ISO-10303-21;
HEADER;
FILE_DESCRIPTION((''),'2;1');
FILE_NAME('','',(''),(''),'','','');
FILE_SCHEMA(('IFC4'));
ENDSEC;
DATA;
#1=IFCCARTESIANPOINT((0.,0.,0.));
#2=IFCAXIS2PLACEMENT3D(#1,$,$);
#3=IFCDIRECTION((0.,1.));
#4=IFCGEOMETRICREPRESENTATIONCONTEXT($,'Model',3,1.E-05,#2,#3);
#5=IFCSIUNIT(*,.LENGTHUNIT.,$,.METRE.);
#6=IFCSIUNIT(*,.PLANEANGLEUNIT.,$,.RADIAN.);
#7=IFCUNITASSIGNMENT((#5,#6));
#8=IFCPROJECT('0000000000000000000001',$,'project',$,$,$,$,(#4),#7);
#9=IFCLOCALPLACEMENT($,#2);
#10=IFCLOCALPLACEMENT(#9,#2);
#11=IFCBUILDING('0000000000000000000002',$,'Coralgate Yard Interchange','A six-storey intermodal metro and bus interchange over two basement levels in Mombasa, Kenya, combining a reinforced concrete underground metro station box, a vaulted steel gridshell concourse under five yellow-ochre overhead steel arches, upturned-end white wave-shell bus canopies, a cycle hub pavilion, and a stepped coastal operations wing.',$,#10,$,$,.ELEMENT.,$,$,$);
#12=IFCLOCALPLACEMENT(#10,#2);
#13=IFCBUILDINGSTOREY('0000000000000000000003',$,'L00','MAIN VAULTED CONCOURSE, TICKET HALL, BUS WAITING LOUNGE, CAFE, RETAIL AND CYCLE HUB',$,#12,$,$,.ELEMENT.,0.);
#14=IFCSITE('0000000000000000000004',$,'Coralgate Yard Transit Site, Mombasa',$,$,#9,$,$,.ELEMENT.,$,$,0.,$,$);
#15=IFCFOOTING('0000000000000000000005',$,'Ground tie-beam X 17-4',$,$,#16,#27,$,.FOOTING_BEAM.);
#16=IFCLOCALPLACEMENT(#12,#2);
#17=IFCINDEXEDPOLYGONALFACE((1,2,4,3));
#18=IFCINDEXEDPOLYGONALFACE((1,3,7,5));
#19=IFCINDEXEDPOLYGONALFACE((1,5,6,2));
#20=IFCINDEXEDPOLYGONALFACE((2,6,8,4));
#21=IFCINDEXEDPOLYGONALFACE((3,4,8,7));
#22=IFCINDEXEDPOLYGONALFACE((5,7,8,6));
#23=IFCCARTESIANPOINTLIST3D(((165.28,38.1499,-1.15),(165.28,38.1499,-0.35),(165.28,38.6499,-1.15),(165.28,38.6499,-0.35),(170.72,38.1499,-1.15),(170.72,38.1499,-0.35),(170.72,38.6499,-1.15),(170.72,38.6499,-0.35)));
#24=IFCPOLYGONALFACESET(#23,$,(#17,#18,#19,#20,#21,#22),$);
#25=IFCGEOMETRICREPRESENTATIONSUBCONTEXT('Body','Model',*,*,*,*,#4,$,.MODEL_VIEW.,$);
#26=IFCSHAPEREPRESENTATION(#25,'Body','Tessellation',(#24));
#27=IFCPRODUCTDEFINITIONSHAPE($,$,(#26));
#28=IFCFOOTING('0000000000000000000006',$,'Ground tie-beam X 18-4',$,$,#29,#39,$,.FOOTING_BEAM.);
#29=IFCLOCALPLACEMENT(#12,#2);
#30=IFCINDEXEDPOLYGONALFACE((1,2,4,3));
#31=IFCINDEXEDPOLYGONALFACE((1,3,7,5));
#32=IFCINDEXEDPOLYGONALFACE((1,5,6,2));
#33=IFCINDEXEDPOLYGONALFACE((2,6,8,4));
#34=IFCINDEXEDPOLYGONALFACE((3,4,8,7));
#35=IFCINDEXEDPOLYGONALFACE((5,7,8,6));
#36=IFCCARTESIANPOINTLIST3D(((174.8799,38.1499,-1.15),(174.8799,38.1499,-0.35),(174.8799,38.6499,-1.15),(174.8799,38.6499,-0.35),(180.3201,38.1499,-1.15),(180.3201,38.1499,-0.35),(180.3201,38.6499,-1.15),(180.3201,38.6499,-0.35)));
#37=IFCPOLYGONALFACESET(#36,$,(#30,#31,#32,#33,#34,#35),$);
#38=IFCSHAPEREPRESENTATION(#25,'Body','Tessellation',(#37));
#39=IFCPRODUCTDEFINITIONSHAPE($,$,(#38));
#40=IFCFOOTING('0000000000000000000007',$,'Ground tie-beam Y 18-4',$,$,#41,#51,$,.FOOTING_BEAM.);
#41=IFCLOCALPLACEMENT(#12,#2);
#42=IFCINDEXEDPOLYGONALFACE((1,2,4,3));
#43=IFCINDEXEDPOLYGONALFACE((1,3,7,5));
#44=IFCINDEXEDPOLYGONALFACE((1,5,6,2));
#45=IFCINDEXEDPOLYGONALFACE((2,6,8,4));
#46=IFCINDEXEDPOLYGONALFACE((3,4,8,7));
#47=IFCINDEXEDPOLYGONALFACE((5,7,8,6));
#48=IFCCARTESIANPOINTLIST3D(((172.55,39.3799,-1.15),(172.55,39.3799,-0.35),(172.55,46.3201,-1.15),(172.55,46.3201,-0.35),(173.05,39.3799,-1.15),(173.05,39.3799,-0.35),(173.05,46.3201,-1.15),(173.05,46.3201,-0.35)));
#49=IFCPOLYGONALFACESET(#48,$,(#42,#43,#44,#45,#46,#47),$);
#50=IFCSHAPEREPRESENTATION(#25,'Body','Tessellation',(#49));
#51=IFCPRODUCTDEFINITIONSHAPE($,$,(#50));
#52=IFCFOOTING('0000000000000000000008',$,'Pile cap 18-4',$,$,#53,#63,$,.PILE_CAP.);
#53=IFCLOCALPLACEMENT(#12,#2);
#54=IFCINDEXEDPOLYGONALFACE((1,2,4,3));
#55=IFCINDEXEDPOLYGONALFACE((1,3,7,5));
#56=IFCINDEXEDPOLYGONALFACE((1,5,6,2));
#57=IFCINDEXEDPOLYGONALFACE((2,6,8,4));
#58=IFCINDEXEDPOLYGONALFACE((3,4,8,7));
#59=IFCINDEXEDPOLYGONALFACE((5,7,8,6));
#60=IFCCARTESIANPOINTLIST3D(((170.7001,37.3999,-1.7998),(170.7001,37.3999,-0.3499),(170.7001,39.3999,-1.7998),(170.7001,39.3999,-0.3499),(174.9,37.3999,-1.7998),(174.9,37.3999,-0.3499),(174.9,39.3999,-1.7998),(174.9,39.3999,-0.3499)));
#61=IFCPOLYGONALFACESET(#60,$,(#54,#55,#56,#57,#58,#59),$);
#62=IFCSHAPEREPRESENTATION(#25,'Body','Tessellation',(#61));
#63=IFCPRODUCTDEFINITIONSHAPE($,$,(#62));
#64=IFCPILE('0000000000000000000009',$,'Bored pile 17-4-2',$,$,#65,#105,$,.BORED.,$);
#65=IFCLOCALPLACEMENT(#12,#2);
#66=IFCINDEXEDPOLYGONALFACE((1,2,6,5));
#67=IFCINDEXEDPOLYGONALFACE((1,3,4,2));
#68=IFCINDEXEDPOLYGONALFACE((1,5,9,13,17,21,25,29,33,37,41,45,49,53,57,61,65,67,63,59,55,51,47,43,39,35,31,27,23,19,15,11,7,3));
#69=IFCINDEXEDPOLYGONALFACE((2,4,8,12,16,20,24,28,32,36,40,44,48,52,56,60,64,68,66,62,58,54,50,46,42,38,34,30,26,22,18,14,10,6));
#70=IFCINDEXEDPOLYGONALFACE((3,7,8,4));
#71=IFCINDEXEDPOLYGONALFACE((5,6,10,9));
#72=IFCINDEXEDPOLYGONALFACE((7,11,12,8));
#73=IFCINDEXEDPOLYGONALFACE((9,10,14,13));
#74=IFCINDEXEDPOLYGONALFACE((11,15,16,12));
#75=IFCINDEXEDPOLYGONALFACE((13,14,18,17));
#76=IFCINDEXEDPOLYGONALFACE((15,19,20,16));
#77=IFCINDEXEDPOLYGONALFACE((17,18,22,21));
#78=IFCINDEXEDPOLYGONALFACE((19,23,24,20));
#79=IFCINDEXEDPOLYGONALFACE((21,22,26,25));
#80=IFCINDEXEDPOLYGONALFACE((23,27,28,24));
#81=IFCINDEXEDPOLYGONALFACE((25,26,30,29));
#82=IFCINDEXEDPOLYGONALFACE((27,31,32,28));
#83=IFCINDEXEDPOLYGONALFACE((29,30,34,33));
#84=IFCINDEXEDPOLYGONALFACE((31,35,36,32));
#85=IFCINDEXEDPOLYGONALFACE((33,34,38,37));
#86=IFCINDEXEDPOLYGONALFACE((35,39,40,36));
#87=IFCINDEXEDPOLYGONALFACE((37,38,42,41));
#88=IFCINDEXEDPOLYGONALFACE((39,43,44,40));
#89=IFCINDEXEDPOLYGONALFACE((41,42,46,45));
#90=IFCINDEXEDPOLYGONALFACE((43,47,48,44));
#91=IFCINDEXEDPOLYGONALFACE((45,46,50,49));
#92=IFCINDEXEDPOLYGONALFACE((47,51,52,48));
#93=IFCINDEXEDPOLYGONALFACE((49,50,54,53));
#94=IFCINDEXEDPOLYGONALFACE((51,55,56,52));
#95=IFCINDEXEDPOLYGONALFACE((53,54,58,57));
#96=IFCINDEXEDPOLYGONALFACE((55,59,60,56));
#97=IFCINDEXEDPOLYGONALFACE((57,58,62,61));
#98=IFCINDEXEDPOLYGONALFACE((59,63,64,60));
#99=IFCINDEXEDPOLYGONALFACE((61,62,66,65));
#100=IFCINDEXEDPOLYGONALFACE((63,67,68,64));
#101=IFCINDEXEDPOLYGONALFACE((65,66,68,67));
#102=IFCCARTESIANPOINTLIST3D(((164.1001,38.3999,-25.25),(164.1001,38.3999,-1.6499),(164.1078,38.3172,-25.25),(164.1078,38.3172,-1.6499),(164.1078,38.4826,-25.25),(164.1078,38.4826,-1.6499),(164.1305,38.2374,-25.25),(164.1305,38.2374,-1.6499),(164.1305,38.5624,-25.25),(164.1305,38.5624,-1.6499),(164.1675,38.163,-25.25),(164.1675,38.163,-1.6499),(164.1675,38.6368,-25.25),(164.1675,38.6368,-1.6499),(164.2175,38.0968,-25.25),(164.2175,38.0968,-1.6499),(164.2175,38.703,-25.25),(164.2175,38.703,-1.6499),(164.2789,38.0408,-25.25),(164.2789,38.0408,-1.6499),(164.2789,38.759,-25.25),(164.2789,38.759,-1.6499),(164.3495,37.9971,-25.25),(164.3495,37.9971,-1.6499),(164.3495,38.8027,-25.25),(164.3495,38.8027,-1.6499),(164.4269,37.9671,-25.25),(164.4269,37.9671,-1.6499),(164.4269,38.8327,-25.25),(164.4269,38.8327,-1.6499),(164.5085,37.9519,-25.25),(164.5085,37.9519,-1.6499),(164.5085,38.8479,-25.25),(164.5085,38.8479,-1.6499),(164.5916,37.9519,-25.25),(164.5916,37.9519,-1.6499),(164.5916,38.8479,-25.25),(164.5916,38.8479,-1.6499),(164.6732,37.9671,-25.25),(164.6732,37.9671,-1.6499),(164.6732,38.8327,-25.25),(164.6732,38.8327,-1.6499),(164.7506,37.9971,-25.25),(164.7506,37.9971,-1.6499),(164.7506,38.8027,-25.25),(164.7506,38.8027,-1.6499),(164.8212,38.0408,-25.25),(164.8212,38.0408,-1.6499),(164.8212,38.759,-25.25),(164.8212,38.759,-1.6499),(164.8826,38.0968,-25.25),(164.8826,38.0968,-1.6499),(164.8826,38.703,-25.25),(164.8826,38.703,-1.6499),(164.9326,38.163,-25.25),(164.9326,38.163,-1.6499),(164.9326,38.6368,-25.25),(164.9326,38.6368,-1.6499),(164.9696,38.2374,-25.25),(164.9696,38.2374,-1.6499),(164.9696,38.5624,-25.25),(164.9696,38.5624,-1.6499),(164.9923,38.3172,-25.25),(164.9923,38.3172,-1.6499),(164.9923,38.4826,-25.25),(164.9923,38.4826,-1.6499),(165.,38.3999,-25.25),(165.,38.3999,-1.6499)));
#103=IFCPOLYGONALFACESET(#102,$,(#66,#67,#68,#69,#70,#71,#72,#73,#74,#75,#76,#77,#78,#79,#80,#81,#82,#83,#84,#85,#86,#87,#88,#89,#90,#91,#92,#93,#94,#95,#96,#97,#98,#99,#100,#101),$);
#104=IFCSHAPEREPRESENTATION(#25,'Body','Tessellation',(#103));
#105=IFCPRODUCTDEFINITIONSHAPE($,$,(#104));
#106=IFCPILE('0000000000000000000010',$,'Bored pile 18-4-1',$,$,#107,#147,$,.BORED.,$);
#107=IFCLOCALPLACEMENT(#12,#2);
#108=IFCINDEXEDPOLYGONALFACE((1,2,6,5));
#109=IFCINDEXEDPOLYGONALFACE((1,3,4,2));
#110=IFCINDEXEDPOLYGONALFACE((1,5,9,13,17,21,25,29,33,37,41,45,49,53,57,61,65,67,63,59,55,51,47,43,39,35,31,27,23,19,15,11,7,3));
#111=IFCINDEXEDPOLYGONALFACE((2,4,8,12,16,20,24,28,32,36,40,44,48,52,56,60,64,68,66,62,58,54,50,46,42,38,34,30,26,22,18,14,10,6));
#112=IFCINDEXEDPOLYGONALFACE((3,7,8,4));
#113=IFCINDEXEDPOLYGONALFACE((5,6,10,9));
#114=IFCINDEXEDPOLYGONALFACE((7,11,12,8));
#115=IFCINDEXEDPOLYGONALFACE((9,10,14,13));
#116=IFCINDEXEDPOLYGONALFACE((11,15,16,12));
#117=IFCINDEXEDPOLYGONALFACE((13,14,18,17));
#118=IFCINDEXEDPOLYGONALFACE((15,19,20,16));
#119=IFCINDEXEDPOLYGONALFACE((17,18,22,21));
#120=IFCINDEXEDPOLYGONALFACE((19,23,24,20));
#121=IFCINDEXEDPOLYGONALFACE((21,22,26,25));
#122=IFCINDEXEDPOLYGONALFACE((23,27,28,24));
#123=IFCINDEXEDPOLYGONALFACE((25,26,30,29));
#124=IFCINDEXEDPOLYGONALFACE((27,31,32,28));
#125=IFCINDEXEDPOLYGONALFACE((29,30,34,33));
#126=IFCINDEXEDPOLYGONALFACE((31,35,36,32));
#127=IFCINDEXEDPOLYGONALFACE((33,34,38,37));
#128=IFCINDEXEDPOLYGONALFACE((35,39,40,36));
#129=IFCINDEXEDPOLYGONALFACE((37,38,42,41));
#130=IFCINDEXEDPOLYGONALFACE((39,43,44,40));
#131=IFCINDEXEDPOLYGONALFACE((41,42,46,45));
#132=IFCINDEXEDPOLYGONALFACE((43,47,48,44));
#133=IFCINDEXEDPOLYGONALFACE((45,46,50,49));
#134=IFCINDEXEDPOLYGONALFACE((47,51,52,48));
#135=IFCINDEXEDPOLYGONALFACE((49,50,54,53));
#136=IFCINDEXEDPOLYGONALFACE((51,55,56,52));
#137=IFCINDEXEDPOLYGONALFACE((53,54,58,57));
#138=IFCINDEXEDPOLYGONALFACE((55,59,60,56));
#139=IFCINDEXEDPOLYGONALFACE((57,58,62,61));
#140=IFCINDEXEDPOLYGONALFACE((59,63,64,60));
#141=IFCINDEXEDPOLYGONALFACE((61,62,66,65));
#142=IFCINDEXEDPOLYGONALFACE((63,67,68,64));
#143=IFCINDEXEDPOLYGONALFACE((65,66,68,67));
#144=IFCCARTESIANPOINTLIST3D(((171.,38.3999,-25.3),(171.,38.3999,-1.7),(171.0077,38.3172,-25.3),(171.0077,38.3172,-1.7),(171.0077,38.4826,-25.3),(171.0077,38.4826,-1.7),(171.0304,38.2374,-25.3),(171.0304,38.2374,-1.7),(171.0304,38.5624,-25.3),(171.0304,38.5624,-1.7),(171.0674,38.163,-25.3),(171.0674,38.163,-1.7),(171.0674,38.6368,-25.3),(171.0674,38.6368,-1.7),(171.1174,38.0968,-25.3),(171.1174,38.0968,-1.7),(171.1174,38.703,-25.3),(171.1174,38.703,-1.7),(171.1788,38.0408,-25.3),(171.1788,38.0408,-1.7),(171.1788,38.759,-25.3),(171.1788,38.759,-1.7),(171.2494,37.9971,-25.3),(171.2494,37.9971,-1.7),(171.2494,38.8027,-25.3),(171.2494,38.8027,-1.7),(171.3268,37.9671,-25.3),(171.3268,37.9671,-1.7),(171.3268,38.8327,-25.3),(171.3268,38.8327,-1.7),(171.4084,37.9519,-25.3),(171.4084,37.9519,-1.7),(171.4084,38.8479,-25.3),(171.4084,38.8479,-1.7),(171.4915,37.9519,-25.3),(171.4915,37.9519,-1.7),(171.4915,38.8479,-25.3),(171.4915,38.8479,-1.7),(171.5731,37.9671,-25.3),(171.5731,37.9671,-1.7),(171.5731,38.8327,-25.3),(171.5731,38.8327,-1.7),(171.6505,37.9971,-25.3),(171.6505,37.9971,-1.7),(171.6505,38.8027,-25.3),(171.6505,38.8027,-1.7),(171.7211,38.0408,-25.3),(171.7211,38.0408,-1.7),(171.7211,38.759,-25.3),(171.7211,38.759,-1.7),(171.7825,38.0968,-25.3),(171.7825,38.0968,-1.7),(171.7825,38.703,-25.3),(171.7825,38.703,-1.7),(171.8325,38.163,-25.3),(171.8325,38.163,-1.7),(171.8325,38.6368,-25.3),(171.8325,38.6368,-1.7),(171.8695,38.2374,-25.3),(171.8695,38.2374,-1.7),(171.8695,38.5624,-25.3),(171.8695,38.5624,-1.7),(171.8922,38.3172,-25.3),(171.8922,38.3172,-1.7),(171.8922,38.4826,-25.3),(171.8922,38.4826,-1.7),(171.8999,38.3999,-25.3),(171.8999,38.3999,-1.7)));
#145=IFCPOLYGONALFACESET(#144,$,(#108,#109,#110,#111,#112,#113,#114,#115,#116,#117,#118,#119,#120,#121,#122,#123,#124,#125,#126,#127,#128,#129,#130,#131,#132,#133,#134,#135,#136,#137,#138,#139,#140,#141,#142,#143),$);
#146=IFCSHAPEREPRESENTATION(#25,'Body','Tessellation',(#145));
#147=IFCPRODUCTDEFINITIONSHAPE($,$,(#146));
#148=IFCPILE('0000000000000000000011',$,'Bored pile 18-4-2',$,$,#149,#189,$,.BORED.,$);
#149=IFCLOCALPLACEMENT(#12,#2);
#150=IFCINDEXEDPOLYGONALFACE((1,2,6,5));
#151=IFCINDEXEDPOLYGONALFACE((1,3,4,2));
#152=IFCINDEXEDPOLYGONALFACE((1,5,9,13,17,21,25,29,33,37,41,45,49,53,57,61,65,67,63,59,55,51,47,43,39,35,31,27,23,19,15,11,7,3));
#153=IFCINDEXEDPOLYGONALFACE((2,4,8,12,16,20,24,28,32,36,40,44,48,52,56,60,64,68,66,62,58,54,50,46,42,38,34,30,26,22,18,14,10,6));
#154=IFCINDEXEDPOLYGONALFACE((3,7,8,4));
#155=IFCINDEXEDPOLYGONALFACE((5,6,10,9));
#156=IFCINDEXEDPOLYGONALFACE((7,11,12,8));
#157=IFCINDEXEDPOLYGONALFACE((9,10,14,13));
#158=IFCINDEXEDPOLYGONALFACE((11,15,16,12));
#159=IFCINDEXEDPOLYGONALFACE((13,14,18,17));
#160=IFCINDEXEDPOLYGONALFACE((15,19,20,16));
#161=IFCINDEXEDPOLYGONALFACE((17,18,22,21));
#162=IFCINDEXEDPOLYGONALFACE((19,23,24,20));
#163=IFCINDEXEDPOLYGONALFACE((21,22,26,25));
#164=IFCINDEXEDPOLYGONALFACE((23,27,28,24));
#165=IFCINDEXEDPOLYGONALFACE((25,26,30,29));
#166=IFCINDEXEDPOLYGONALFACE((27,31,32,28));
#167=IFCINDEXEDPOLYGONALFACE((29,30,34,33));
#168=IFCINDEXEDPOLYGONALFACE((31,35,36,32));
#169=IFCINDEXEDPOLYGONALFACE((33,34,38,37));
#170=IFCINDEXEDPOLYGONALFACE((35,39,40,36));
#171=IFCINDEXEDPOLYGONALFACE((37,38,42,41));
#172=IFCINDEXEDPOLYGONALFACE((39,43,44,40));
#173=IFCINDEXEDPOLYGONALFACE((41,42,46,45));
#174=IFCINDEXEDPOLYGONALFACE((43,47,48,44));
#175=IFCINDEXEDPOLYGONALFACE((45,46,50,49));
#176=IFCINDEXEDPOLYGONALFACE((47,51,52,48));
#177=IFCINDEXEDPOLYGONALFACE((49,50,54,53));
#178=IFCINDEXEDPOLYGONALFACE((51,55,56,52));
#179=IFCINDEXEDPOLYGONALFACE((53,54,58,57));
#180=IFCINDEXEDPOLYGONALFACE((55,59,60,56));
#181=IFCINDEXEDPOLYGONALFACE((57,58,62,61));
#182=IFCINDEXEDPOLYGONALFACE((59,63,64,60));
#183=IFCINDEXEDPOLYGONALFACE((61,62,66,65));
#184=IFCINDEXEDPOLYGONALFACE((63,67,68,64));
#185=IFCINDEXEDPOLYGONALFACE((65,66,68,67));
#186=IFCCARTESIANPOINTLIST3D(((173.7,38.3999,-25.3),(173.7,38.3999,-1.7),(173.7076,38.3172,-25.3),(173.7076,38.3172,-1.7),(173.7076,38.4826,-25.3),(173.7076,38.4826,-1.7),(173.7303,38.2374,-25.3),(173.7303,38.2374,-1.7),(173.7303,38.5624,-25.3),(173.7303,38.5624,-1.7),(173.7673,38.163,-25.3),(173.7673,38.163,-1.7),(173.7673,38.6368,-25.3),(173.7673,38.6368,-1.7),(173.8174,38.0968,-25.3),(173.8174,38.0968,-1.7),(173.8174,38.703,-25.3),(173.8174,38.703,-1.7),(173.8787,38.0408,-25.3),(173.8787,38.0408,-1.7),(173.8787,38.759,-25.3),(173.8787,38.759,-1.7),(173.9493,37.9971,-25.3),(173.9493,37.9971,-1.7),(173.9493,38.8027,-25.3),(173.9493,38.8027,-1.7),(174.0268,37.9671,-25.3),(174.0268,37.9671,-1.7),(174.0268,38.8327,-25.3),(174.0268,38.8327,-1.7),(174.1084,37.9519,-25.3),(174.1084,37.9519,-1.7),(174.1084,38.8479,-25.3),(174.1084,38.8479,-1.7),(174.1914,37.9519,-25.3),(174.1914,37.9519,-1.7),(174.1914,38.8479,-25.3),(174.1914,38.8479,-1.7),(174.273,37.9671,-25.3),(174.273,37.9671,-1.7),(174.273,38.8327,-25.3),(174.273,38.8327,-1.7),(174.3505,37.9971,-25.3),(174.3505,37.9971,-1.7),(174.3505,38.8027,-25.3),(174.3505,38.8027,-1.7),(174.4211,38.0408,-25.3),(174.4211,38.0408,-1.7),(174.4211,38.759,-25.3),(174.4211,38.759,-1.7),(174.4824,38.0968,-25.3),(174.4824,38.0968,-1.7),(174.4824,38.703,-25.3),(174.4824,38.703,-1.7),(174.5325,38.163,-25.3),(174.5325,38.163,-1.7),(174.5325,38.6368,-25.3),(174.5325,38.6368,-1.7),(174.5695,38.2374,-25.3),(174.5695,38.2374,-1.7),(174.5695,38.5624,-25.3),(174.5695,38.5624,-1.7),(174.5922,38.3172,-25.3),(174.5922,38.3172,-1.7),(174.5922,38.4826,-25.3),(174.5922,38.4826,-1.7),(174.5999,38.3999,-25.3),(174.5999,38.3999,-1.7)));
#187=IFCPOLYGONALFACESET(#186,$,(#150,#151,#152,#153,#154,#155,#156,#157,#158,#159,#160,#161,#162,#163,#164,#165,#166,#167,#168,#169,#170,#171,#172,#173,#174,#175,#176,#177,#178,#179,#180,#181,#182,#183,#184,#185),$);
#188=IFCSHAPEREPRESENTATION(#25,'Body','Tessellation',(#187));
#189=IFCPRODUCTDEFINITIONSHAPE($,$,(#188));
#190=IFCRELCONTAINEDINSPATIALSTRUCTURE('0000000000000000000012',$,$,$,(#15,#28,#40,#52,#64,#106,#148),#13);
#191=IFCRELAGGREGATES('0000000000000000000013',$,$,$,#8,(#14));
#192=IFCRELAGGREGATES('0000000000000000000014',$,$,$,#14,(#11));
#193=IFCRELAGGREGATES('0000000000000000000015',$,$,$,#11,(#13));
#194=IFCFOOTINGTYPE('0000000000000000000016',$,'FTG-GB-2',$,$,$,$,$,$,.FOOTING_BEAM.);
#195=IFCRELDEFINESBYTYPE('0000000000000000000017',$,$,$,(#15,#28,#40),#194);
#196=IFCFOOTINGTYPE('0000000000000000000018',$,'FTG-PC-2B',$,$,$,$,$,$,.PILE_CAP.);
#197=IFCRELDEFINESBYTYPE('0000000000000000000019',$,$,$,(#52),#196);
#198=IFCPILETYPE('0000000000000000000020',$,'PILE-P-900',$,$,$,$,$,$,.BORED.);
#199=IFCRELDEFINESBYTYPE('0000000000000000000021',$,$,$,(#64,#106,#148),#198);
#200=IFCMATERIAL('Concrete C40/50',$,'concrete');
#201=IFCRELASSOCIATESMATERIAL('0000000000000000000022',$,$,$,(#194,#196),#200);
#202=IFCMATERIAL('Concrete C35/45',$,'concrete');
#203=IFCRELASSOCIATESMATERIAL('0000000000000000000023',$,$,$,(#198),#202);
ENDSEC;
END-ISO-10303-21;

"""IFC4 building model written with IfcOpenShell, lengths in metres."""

from ifc_helpers import new_model, si_unit, direction, frame, origin, origin_2d, place, context, subcontext, project, spatial, rectangle, circle, extrude, material, material_profile, profile_set, type_object, element, save


model = new_model("IFC4")

# Units and contexts
model_context = context("Model", 3, precision=1e-05, world=origin(), true_north=direction((0.0, 1.0)))
body_context = subcontext(model_context, "Body", "Model", "MODEL_VIEW")
ifc_project = project(units=[si_unit("LENGTHUNIT", "METRE"), si_unit("PLANEANGLEUNIT", "RADIAN")], contexts=[model_context])

# Site, building, storey
site_placement = place(None, origin())
site = spatial("IfcSite", under=ifc_project, at=site_placement, Name="Coralgate Yard Transit Site, Mombasa", CompositionType="ELEMENT", RefElevation=0.0)
building_placement = place(site_placement, origin())
building = spatial("IfcBuilding", under=site, at=building_placement, Name="Coralgate Yard Interchange", Description="A six-storey intermodal metro and bus interchange over two basement levels in Mombasa, Kenya, combining a reinforced concrete underground metro station box, a vaulted steel gridshell concourse under five yellow-ochre overhead steel arches, upturned-end white wave-shell bus canopies, a cycle hub pavilion, and a stepped coastal operations wing.", CompositionType="ELEMENT")
storey_placement = place(building_placement, origin())
storey = spatial("IfcBuildingStorey", under=building, at=storey_placement, Name="L00", Description="MAIN VAULTED CONCOURSE, TICKET HALL, BUS WAITING LOUNGE, CAFE, RETAIL AND CYCLE HUB", CompositionType="ELEMENT", Elevation=0.0)

# Footings
ifc_material_1 = material(Name="Concrete C40/50", Category="concrete")
ifc_material_profile_1 = material_profile(ifc_material_1, rectangle(XDim=0.5, YDim=0.8, at=origin_2d()), Name="RC 500x800")
ifc_profile_set_1 = profile_set([ifc_material_profile_1], Name="Concrete C40/50")
footing_type_1 = type_object("IfcFootingType", Name="FTG-GB-2", PredefinedType="FOOTING_BEAM", material=ifc_profile_set_1)
footing_1_placement = place(storey_placement, frame((165.28, 38.3999, -0.75), z_axis=(1.0, 0.0, 0.0), x_axis=(0.0, 1.0, 0.0)))
element("IfcFooting", 1, at=footing_1_placement, inside=storey, type_object=footing_type_1, Name="Ground tie-beam X 17-4", PredefinedType="FOOTING_BEAM", context=body_context, shape_type="SweptSolid", body=[
    extrude(rectangle(XDim=0.5, YDim=0.8, at=origin_2d()), origin(), (0.0, 0.0, 1.0), 5.4399),
])
footing_2_placement = place(storey_placement, frame((174.8799, 38.3999, -0.75), z_axis=(1.0, 0.0, 0.0), x_axis=(0.0, 1.0, 0.0)))
element("IfcFooting", 2, at=footing_2_placement, inside=storey, type_object=footing_type_1, Name="Ground tie-beam X 18-4", PredefinedType="FOOTING_BEAM", context=body_context, shape_type="SweptSolid", body=[
    extrude(rectangle(XDim=0.5, YDim=0.8, at=origin_2d()), origin(), (0.0, 0.0, 1.0), 5.4402),
])
footing_3_placement = place(storey_placement, frame((172.8, 39.3799, -0.75), z_axis=(0.0, 1.0, 0.0), x_axis=(-1.0, 0.0, 0.0)))
element("IfcFooting", 3, at=footing_3_placement, inside=storey, type_object=footing_type_1, Name="Ground tie-beam Y 18-4", PredefinedType="FOOTING_BEAM", context=body_context, shape_type="SweptSolid", body=[
    extrude(rectangle(XDim=0.5, YDim=0.8, at=origin_2d()), origin(), (0.0, 0.0, 1.0), 6.9402),
])
footing_type_2 = type_object("IfcFootingType", Name="FTG-PC-2B", PredefinedType="PILE_CAP", material=ifc_material_1)
footing_4_placement = place(storey_placement, frame((172.8, 38.3999, -1.7998), z_axis=(0.0, 0.0, 1.0), x_axis=(1.0, 0.0, 0.0)))
element("IfcFooting", 4, at=footing_4_placement, inside=storey, type_object=footing_type_2, Name="Pile cap 18-4", PredefinedType="PILE_CAP", context=body_context, shape_type="SweptSolid", body=[
    extrude(rectangle(XDim=4.2, YDim=2.0, at=origin_2d()), origin(), (0.0, 0.0, 1.0), 1.45),
])

# Piles
ifc_material_2 = material(Name="Concrete C35/45", Category="concrete")
ifc_material_profile_2 = material_profile(ifc_material_2, circle(Radius=0.45, at=origin_2d()), Name="BORED PILE D900")
ifc_profile_set_2 = profile_set([ifc_material_profile_2], Name="Concrete C35/45")
pile_type = type_object("IfcPileType", Name="PILE-P-900", PredefinedType="BORED", material=ifc_profile_set_2)
for number, where, z_axis, x_axis, name in (
    (5, (164.55, 38.3999, -1.6499), (0.0, 0.0, -1.0), (1.0, 0.0, 0.0), "Bored pile 17-4-2"),
    (6, (171.45, 38.3999, -1.7), (0.0, 0.0, -1.0), (1.0, 0.0, 0.0), "Bored pile 18-4-1"),
    (7, (174.1499, 38.3999, -1.7), (0.0, 0.0, -1.0), (1.0, 0.0, 0.0), "Bored pile 18-4-2"),
):
    element("IfcPile", number, at=place(storey_placement, frame(where, z_axis=z_axis, x_axis=x_axis)), inside=storey, type_object=pile_type, Name=name, PredefinedType="BORED", context=body_context, shape_type="SweptSolid", body=[
        extrude(circle(Radius=0.45, at=origin_2d()), origin(), (0.0, 0.0, 1.0), 23.6001),
    ])

save(model, "model.ifc")
